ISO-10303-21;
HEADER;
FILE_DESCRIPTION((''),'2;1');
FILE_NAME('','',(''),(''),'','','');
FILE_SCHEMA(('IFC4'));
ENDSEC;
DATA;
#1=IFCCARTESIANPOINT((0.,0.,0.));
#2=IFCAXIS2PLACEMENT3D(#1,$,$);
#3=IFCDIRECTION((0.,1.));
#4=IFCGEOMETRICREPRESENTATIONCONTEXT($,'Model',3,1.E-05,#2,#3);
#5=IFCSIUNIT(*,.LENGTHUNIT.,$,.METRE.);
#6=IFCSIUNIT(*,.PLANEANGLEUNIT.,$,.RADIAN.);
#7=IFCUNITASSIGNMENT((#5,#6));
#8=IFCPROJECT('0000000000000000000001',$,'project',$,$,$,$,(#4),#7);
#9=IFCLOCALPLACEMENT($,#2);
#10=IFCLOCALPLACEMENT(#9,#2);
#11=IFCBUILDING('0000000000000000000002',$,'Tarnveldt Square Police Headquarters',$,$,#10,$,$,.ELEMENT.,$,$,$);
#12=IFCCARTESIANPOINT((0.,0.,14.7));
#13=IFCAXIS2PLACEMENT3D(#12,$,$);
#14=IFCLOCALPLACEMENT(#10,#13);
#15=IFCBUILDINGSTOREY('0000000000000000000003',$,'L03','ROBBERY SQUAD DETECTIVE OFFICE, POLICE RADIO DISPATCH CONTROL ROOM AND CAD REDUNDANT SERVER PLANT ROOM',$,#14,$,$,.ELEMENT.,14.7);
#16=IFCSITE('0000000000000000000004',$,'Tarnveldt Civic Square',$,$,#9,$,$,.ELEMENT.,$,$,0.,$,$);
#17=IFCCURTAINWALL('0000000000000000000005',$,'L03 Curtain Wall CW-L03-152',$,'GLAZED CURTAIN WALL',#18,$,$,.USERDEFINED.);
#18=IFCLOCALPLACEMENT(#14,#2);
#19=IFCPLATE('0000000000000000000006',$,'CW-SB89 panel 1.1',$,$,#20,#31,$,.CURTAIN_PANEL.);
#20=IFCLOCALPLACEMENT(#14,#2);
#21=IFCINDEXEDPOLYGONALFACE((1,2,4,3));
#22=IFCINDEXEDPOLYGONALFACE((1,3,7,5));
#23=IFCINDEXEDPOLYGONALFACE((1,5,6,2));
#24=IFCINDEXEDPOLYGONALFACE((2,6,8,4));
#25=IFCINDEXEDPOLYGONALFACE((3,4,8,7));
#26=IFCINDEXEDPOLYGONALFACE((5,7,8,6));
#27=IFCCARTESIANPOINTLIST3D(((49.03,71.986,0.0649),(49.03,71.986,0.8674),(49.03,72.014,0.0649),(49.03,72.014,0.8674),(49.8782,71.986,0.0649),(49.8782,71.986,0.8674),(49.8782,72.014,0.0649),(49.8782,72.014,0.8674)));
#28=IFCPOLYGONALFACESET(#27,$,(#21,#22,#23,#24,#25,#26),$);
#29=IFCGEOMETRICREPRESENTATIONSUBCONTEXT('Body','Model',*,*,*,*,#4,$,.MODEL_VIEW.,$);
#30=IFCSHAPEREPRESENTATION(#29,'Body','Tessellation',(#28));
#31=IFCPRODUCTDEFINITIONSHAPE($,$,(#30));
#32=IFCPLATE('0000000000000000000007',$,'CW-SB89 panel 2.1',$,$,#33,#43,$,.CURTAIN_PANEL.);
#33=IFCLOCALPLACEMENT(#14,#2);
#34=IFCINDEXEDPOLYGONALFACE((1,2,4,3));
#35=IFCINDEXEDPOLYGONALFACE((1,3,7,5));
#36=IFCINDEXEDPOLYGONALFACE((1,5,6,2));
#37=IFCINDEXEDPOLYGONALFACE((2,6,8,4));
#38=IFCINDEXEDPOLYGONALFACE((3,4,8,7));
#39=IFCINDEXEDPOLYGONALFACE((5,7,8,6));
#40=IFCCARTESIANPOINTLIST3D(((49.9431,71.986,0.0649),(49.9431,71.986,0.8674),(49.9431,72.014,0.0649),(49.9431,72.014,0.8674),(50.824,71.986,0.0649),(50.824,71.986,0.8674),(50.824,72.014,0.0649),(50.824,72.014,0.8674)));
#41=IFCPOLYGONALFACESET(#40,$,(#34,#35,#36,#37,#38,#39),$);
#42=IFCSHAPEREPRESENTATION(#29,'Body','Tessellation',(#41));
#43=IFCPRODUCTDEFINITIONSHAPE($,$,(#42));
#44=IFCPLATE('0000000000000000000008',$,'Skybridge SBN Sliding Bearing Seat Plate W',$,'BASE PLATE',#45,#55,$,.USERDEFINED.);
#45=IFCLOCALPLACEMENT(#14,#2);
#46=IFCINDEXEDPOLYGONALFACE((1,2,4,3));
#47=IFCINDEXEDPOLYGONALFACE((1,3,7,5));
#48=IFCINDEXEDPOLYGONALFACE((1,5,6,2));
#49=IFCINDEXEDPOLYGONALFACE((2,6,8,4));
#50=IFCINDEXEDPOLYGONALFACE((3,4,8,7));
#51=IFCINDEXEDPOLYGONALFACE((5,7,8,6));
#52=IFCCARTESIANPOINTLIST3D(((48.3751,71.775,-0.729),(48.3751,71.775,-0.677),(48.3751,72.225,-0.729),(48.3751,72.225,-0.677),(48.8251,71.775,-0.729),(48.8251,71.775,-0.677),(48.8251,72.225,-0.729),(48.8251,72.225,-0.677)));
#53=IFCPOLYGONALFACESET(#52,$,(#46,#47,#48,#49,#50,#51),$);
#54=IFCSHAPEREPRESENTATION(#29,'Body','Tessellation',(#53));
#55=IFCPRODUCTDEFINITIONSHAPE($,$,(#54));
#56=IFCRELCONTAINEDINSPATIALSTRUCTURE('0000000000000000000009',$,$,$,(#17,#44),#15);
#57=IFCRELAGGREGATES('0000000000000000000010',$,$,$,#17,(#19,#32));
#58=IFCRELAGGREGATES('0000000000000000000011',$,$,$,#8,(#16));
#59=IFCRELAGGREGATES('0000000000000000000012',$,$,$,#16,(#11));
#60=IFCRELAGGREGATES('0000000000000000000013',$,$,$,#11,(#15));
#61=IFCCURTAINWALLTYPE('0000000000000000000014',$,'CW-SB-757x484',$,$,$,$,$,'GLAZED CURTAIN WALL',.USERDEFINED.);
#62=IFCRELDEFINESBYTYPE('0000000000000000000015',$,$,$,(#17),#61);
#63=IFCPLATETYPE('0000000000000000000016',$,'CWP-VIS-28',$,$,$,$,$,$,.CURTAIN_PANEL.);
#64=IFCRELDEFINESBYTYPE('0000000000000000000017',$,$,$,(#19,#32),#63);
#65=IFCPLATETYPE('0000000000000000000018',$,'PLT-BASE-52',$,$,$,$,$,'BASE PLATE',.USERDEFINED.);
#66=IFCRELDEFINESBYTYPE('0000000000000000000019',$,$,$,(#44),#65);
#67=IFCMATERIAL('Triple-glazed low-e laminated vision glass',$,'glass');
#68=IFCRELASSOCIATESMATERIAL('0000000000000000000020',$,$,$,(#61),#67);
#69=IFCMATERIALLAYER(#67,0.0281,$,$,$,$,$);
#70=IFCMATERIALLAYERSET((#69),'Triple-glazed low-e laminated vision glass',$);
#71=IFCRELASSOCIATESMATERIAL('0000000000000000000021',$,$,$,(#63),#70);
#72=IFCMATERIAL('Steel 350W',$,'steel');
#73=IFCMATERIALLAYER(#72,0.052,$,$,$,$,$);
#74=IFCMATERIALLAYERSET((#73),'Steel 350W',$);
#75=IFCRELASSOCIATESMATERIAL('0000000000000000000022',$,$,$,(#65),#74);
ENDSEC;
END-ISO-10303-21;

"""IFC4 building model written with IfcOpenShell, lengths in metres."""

from ifc_helpers import new_model, si_unit, direction, frame, origin, origin_2d, place, context, subcontext, project, spatial, rectangle, extrude, material, layer, layer_set, type_object, element, aggregate, save


model = new_model("IFC4")

# Units and contexts
model_context = context("Model", 3, precision=1e-05, world=origin(), true_north=direction((0.0, 1.0)))
body_context = subcontext(model_context, "Body", "Model", "MODEL_VIEW")
ifc_project = project(units=[si_unit("LENGTHUNIT", "METRE"), si_unit("PLANEANGLEUNIT", "RADIAN")], contexts=[model_context])

# Site, building, storey
site_placement = place(None, origin())
site = spatial("IfcSite", under=ifc_project, at=site_placement, Name="Tarnveldt Civic Square", CompositionType="ELEMENT", RefElevation=0.0)
building_placement = place(site_placement, origin())
building = spatial("IfcBuilding", under=site, at=building_placement, Name="Tarnveldt Square Police Headquarters", CompositionType="ELEMENT")
storey_placement = place(building_placement, frame((0.0, 0.0, 14.7)))
storey = spatial("IfcBuildingStorey", under=building, at=storey_placement, Name="L03", Description="ROBBERY SQUAD DETECTIVE OFFICE, POLICE RADIO DISPATCH CONTROL ROOM AND CAD REDUNDANT SERVER PLANT ROOM", CompositionType="ELEMENT", Elevation=14.7)

# Shared definitions
ifc_material_1 = material(Name="Steel 350W", Category="steel")

# Curtain wall
ifc_material_2 = material(Name="Triple-glazed low-e laminated vision glass", Category="glass")
curtain_wall_type_1 = type_object("IfcCurtainWallType", Name="CW-SB-757x484", ElementType="GLAZED CURTAIN WALL", PredefinedType="USERDEFINED", material=ifc_material_2)
curtain_wall_1_placement = place(storey_placement, origin())
curtain_wall_1 = element("IfcCurtainWall", 1, at=curtain_wall_1_placement, inside=storey, type_object=curtain_wall_type_1, Name="L03 Curtain Wall CW-L03-152", ObjectType="GLAZED CURTAIN WALL", PredefinedType="USERDEFINED")

# Plates
ifc_layer_1 = layer(ifc_material_2, 0.0281)
ifc_layer_set_1 = layer_set([ifc_layer_1], Name="Triple-glazed low-e laminated vision glass")
plate_type_1 = type_object("IfcPlateType", Name="CWP-VIS-28", PredefinedType="CURTAIN_PANEL", material=ifc_layer_set_1)
plate_1_placement = place(storey_placement, frame((49.4541, 72.0, 0.0649), z_axis=(0.0, 0.0, 1.0), x_axis=(1.0, 0.0, 0.0)))
plate_1 = element("IfcPlate", 2, at=plate_1_placement, type_object=plate_type_1, Name="CW-SB89 panel 1.1", PredefinedType="CURTAIN_PANEL", context=body_context, shape_type="SweptSolid", body=[
    extrude(rectangle(XDim=0.8481, YDim=0.0281, at=origin_2d()), origin(), (0.0, 0.0, 1.0), 0.8025),
])
plate_2_placement = place(storey_placement, frame((50.3835, 72.0, 0.0649), z_axis=(0.0, 0.0, 1.0), x_axis=(1.0, 0.0, 0.0)))
plate_2 = element("IfcPlate", 3, at=plate_2_placement, type_object=plate_type_1, Name="CW-SB89 panel 2.1", PredefinedType="CURTAIN_PANEL", context=body_context, shape_type="SweptSolid", body=[
    extrude(rectangle(XDim=0.8809, YDim=0.0281, at=origin_2d()), origin(), (0.0, 0.0, 1.0), 0.8025),
])
aggregate(curtain_wall_1, [plate_1, plate_2])
ifc_layer_2 = layer(ifc_material_1, 0.052)
ifc_layer_set_2 = layer_set([ifc_layer_2], Name="Steel 350W")
plate_type_2 = type_object("IfcPlateType", Name="PLT-BASE-52", ElementType="BASE PLATE", PredefinedType="USERDEFINED", material=ifc_layer_set_2)
plate_3_placement = place(storey_placement, frame((48.6001, 72.0, -0.729), z_axis=(0.0, 0.0, 1.0), x_axis=(1.0, 0.0, 0.0)))
element("IfcPlate", 4, at=plate_3_placement, inside=storey, type_object=plate_type_2, Name="Skybridge SBN Sliding Bearing Seat Plate W", ObjectType="BASE PLATE", PredefinedType="USERDEFINED", context=body_context, shape_type="SweptSolid", body=[
    extrude(rectangle(XDim=0.45, YDim=0.45, at=origin_2d()), origin(), (0.0, 0.0, 1.0), 0.052),
])

save(model, "model.ifc")
